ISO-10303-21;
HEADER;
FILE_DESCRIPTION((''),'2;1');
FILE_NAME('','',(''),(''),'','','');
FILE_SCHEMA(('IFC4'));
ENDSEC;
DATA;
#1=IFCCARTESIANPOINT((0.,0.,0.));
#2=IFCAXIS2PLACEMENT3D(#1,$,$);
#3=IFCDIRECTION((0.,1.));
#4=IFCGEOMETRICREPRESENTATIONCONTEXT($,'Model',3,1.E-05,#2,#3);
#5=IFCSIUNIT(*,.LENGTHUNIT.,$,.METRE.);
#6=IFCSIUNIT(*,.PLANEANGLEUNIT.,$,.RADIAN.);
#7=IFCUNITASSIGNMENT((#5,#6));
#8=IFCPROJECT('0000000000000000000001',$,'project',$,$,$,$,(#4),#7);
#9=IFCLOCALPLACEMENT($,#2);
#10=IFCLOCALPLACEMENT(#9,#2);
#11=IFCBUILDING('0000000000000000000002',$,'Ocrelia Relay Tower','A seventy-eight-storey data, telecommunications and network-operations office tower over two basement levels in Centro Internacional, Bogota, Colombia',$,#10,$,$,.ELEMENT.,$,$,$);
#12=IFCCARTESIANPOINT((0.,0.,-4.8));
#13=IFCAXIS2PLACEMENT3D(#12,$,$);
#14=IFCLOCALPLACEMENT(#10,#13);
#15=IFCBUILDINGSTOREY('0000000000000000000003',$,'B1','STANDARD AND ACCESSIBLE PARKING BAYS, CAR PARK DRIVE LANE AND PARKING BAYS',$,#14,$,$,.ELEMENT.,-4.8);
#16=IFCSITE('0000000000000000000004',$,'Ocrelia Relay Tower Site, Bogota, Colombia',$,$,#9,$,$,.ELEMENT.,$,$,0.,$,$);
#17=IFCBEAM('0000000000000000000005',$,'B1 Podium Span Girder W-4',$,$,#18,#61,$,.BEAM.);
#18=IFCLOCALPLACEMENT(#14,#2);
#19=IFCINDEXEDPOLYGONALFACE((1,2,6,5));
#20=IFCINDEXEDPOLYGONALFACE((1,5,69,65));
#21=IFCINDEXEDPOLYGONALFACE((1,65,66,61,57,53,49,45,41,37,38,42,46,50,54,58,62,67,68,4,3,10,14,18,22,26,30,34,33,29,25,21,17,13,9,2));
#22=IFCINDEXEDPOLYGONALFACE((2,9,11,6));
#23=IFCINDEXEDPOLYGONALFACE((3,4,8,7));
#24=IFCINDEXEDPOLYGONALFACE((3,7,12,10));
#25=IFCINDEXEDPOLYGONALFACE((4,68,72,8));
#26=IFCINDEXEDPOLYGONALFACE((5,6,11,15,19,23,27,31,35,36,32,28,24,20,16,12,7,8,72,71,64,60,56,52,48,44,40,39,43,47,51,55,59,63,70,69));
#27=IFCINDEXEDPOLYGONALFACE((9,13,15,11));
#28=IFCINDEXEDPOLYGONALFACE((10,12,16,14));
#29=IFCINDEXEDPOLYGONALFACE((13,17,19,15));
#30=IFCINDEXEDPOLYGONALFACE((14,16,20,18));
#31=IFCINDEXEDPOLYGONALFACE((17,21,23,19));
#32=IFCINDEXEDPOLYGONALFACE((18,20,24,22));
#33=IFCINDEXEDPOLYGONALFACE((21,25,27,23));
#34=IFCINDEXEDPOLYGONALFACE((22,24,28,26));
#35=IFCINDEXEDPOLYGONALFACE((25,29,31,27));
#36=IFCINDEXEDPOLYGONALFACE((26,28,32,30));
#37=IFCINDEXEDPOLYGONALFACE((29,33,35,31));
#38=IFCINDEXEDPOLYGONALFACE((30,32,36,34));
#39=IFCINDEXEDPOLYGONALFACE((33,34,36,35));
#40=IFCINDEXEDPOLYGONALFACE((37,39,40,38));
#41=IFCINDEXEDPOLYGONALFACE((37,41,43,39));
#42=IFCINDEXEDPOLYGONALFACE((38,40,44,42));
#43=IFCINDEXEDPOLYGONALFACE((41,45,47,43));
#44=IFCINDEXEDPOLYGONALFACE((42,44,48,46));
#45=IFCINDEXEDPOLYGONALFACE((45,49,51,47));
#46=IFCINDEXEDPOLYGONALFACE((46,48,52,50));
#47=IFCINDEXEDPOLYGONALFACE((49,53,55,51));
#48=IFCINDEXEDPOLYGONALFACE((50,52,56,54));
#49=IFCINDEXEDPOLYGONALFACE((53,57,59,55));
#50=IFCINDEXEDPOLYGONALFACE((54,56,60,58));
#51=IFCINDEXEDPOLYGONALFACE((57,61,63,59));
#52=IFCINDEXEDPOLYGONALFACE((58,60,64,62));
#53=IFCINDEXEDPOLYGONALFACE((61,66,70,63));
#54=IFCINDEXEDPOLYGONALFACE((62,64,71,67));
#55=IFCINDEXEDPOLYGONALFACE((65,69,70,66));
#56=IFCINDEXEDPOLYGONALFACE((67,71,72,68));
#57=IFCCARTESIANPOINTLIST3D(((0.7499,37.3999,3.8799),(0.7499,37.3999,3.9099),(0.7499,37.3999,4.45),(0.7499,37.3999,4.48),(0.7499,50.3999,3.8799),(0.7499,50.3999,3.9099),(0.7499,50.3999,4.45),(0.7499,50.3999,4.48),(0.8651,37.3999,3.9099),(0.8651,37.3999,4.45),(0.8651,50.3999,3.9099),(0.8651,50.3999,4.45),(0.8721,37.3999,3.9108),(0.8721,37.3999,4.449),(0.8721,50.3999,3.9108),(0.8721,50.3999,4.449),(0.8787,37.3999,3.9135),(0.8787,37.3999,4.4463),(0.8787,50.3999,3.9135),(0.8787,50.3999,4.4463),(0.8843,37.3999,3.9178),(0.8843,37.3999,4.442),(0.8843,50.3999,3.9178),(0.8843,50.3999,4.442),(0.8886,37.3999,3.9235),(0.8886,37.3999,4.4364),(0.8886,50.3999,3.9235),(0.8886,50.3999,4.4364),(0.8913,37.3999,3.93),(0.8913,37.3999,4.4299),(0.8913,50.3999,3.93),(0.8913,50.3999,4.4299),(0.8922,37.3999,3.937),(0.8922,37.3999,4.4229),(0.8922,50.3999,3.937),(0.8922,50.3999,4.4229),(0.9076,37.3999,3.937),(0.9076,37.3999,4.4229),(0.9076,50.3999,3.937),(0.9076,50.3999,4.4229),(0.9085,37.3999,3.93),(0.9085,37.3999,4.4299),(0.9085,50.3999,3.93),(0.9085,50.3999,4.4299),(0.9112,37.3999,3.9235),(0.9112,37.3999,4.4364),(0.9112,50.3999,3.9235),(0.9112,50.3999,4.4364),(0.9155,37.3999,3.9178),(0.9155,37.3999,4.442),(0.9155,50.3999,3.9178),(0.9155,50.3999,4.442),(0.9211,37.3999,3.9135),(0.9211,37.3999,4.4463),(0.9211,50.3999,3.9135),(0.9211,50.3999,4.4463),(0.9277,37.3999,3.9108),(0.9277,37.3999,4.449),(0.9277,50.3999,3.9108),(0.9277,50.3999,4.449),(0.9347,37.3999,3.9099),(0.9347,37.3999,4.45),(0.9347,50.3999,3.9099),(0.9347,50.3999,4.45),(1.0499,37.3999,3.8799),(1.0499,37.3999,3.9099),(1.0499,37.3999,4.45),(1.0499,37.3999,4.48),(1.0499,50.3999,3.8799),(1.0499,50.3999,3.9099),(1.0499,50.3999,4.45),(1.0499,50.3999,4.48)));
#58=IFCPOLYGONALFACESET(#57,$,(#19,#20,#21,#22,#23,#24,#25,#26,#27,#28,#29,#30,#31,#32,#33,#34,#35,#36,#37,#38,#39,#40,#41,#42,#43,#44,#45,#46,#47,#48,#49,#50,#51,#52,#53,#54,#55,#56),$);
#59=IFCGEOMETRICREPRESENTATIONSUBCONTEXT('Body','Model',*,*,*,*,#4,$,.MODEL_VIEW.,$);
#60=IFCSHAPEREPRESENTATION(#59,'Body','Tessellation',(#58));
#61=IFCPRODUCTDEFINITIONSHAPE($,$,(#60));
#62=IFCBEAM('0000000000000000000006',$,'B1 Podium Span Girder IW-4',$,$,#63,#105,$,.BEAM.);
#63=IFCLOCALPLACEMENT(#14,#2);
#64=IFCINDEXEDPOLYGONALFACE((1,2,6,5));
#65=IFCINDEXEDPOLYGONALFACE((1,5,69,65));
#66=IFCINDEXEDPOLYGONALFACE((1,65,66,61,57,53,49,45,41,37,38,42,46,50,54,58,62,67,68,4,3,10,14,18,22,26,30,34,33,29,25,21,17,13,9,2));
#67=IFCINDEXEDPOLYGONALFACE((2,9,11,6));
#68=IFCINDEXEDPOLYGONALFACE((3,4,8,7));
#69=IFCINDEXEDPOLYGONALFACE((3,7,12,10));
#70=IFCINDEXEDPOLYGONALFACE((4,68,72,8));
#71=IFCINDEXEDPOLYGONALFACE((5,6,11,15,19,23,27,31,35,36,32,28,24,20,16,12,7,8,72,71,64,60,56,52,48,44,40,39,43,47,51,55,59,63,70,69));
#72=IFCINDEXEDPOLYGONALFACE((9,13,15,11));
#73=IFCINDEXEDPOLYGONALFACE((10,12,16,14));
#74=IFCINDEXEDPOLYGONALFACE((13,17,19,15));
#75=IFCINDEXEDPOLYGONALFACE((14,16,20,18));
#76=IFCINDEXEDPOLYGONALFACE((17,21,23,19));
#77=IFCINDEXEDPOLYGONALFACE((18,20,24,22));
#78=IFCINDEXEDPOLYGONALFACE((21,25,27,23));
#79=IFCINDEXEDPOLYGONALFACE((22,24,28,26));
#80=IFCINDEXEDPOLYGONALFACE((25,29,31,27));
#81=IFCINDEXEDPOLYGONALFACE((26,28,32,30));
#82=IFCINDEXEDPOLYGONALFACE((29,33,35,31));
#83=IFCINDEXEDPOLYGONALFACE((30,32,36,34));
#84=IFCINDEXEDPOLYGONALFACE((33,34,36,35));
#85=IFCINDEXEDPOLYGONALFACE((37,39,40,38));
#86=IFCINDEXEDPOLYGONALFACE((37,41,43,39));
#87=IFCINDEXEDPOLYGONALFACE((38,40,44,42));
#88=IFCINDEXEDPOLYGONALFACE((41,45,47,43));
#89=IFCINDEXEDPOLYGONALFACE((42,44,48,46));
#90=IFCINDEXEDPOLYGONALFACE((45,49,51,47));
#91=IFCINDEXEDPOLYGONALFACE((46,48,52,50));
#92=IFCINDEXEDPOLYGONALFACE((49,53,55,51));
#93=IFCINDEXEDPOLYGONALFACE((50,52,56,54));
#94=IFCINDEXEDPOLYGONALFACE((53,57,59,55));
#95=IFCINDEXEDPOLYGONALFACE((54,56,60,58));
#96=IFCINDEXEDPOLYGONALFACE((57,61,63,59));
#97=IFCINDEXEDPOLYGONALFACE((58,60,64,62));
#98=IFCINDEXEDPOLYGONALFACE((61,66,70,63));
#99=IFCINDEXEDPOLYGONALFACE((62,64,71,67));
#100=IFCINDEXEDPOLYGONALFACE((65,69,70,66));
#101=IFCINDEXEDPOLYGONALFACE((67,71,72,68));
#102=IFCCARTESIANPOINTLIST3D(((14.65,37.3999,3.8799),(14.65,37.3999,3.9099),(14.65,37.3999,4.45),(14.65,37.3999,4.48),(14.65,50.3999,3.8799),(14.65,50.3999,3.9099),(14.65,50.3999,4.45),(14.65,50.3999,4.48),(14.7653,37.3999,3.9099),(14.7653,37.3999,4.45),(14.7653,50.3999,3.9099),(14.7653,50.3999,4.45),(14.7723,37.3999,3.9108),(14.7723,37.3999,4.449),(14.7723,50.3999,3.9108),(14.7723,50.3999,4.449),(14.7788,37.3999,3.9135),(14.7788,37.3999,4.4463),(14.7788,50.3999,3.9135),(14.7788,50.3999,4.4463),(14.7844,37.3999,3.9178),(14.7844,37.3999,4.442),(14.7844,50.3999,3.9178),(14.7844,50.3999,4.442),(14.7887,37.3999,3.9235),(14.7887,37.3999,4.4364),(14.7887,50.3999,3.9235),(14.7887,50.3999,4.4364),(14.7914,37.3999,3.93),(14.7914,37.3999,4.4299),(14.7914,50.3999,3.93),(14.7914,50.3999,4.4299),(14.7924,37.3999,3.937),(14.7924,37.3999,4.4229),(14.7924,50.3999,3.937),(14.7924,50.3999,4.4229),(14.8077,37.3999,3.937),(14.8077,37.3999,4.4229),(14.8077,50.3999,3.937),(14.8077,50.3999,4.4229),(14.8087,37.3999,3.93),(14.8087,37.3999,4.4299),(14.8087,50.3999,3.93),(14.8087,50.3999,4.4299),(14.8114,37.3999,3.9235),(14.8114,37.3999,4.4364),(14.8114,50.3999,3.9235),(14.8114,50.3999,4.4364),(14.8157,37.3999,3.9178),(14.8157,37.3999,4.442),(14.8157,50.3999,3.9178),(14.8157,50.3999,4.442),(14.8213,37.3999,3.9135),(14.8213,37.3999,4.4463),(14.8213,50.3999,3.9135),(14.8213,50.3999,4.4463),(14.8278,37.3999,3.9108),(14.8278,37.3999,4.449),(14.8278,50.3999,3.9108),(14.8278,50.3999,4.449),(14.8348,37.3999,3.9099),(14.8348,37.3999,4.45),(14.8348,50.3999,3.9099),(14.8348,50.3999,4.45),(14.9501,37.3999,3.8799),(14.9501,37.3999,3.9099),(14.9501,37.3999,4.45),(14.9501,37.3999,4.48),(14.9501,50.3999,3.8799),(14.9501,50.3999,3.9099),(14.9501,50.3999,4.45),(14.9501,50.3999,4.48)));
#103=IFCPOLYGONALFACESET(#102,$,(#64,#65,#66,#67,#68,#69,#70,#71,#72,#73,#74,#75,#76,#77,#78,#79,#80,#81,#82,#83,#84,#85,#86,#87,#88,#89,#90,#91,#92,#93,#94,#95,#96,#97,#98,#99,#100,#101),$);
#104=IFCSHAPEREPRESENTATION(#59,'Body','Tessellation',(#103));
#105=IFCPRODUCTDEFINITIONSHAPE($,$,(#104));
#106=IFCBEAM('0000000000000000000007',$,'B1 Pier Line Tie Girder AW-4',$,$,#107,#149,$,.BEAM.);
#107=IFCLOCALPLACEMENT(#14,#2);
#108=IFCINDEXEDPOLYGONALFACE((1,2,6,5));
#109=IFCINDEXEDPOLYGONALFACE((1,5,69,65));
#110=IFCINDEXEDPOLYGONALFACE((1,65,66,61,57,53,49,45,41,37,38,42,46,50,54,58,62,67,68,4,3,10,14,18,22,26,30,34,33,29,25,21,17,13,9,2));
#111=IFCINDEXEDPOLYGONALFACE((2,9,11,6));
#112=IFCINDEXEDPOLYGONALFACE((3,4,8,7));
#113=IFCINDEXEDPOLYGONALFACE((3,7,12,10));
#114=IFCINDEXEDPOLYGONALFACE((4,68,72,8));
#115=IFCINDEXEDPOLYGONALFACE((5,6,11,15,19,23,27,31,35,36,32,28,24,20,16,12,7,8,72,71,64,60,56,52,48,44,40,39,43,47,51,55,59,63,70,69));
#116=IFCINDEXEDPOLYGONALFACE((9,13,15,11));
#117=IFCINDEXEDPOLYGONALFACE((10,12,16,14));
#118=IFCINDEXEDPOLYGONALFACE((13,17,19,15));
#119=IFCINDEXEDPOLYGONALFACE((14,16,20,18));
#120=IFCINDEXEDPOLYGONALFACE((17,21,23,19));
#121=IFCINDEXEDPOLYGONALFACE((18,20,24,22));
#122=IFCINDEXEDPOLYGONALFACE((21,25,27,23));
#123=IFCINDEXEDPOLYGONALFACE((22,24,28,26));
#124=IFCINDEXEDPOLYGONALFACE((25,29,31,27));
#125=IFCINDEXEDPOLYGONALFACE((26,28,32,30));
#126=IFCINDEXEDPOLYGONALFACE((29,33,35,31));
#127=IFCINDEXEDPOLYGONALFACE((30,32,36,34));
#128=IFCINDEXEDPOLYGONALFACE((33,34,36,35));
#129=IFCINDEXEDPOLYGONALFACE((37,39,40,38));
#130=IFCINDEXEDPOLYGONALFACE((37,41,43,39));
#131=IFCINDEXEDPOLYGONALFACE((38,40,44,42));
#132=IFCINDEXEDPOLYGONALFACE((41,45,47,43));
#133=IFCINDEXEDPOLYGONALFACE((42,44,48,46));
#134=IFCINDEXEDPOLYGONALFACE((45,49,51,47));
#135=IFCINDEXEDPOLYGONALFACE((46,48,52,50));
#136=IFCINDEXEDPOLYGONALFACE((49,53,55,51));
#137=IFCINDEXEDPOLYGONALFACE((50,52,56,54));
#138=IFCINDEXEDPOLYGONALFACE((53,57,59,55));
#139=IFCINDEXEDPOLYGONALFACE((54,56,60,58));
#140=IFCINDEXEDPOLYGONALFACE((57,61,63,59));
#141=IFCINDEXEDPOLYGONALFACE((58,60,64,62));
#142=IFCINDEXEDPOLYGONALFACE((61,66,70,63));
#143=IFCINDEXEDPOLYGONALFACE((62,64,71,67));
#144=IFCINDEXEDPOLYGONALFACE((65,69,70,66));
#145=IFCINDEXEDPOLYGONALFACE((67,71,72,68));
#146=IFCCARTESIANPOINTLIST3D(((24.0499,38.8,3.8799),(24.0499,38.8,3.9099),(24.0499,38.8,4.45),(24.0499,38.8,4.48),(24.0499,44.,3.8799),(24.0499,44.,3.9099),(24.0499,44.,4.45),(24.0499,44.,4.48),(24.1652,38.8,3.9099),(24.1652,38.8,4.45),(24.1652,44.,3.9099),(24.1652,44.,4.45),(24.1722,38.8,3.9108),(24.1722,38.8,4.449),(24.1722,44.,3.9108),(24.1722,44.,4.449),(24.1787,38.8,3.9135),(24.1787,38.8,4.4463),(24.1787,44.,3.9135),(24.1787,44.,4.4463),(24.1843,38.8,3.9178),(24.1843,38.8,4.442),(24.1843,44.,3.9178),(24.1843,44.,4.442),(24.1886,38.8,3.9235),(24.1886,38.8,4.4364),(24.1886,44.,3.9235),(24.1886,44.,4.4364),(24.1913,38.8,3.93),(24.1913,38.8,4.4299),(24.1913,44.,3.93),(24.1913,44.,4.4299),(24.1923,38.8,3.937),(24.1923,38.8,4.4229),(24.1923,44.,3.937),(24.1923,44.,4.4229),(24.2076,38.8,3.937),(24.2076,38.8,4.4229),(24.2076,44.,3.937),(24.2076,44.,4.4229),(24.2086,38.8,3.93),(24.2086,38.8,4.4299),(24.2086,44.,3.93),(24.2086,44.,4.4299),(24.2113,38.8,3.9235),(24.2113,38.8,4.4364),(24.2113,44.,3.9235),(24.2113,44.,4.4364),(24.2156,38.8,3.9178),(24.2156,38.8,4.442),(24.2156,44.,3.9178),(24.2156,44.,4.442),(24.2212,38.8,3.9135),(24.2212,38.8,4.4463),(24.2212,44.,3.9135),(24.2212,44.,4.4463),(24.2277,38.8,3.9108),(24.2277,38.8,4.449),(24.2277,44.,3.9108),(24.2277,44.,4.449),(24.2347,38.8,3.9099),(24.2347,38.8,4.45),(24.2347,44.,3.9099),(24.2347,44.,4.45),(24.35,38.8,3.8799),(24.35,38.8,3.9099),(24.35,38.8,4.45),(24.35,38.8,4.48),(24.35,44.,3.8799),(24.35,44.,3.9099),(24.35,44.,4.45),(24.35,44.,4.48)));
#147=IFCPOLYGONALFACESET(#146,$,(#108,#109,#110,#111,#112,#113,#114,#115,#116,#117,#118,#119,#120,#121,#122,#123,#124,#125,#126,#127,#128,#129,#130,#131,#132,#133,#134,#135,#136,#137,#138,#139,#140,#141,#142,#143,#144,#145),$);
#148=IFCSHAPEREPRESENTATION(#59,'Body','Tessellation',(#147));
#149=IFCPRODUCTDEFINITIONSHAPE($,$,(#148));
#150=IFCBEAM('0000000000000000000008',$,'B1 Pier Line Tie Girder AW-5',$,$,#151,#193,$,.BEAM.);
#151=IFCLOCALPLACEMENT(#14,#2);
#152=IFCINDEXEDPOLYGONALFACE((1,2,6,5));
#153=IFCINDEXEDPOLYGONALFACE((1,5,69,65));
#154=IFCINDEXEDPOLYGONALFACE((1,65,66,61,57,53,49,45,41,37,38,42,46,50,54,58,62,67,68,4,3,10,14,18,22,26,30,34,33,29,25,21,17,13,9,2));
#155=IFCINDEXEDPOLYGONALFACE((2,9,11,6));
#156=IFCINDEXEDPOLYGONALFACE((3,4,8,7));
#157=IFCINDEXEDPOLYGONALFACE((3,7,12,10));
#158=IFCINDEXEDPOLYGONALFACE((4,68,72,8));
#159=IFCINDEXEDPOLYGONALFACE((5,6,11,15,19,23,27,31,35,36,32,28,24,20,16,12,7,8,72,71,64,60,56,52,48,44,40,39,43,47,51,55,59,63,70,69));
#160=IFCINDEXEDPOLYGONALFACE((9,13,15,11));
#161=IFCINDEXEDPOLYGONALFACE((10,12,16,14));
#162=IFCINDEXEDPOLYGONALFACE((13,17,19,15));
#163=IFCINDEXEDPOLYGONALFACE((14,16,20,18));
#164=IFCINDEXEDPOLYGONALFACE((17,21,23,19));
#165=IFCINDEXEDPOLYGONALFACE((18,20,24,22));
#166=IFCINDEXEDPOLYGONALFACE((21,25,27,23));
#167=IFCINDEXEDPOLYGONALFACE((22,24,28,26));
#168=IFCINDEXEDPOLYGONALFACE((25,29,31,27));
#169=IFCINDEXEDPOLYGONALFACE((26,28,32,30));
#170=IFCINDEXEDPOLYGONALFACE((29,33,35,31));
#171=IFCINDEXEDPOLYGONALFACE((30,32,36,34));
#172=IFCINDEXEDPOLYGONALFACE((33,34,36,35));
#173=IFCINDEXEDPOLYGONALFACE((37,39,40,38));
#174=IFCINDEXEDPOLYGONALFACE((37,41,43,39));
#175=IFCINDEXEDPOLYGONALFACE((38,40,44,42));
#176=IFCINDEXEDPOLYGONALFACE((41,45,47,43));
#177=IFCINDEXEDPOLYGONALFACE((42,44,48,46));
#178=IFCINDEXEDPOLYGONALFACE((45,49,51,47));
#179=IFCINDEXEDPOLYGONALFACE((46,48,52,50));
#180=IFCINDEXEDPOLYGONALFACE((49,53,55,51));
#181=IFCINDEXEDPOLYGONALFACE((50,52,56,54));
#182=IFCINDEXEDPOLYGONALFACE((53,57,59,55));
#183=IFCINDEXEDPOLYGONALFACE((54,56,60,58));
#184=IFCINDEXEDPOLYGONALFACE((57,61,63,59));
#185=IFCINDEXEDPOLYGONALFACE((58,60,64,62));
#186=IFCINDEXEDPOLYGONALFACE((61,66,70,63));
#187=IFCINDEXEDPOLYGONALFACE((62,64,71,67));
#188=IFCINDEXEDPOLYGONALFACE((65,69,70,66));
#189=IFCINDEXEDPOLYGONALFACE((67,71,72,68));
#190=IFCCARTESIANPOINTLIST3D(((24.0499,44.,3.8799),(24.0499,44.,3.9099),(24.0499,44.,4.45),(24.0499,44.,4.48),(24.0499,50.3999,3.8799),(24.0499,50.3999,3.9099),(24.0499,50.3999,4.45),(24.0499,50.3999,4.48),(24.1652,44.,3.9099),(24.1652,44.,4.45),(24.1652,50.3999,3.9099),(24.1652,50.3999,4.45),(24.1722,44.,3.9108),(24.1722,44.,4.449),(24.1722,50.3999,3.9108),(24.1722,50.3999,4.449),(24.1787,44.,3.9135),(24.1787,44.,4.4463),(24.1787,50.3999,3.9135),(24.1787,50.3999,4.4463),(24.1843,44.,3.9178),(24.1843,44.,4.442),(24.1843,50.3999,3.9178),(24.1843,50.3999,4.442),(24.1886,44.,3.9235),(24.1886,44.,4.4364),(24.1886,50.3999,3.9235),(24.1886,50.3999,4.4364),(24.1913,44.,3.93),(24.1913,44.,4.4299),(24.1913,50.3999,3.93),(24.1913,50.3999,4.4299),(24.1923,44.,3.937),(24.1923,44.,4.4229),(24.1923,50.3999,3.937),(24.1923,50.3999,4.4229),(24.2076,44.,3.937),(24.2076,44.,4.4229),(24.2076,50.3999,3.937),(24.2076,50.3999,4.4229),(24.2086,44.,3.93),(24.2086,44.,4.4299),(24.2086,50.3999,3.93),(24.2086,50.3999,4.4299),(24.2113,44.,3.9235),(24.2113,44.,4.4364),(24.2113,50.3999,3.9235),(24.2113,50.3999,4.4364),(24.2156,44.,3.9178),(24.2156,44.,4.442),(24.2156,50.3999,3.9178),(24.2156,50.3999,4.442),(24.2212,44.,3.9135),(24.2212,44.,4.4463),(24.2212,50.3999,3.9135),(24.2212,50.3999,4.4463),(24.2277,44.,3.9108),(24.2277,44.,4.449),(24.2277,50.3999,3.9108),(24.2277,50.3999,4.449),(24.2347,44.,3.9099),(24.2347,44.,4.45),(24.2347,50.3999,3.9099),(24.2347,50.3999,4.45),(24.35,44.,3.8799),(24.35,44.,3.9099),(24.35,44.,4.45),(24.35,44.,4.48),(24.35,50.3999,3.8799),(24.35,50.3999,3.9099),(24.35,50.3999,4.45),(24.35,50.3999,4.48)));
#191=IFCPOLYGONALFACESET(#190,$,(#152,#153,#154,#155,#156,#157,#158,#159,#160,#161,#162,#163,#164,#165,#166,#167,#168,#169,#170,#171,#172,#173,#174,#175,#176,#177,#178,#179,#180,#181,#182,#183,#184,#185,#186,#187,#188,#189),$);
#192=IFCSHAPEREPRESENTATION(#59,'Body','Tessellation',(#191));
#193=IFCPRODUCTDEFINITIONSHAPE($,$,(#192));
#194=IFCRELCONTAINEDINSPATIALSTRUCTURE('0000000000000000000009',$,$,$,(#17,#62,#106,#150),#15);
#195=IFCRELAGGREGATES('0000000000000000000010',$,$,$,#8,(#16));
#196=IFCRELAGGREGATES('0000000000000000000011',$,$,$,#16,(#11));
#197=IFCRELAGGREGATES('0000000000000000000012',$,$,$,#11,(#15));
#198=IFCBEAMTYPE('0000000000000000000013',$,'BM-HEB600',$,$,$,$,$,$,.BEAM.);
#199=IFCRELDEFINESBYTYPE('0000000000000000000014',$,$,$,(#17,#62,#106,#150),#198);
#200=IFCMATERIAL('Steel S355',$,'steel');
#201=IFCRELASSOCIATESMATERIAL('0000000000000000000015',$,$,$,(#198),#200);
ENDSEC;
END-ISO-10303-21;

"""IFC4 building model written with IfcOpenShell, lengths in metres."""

from ifc_helpers import new_model, si_unit, direction, frame, origin, origin_2d, place, context, subcontext, project, spatial, i_section, extrude, material, material_profile, profile_set, type_object, element, save


model = new_model("IFC4")

# Units and contexts
model_context = context("Model", 3, precision=1e-05, world=origin(), true_north=direction((0.0, 1.0)))
body_context = subcontext(model_context, "Body", "Model", "MODEL_VIEW")
ifc_project = project(units=[si_unit("LENGTHUNIT", "METRE"), si_unit("PLANEANGLEUNIT", "RADIAN")], contexts=[model_context])

# Site, building, storey
site_placement = place(None, origin())
site = spatial("IfcSite", under=ifc_project, at=site_placement, Name="Ocrelia Relay Tower Site, Bogota, Colombia", CompositionType="ELEMENT", RefElevation=0.0)
building_placement = place(site_placement, origin())
building = spatial("IfcBuilding", under=site, at=building_placement, Name="Ocrelia Relay Tower", Description="A seventy-eight-storey data, telecommunications and network-operations office tower over two basement levels in Centro Internacional, Bogota, Colombia", CompositionType="ELEMENT")
storey_placement = place(building_placement, frame((0.0, 0.0, -4.8)))
storey = spatial("IfcBuildingStorey", under=building, at=storey_placement, Name="B1", Description="STANDARD AND ACCESSIBLE PARKING BAYS, CAR PARK DRIVE LANE AND PARKING BAYS", CompositionType="ELEMENT", Elevation=-4.8)

# Beams
ifc_material_1 = material(Name="Steel S355", Category="steel")
ifc_material_profile_1 = material_profile(ifc_material_1, i_section(OverallWidth=0.3, OverallDepth=0.6001, WebThickness=0.0154, FlangeThickness=0.03, FilletRadius=0.0271, at=origin_2d()), Name="HEB 600")
ifc_profile_set_1 = profile_set([ifc_material_profile_1], Name="Steel S355")
beam_type_1 = type_object("IfcBeamType", Name="BM-HEB600", PredefinedType="BEAM", material=ifc_profile_set_1)
for number, where, z_axis, x_axis, name in (
    (1, (0.8999, 37.3999, 4.1799), (0.0, 1.0, 0.0), (-1.0, 0.0, 0.0), "B1 Podium Span Girder W-4"),
    (2, (14.8, 37.3999, 4.1799), (0.0, 1.0, 0.0), (-1.0, 0.0, 0.0), "B1 Podium Span Girder IW-4"),
):
    element("IfcBeam", number, at=place(storey_placement, frame(where, z_axis=z_axis, x_axis=x_axis)), inside=storey, type_object=beam_type_1, Name=name, PredefinedType="BEAM", context=body_context, shape_type="SweptSolid", body=[
        extrude(i_section(OverallWidth=0.3, OverallDepth=0.6001, WebThickness=0.0154, FlangeThickness=0.03, FilletRadius=0.0271, at=origin_2d()), origin(), (0.0, 0.0, 1.0), 13.0),
    ])
beam_1_placement = place(storey_placement, frame((24.2, 38.8, 4.1799), z_axis=(0.0, 1.0, 0.0), x_axis=(-1.0, 0.0, 0.0)))
element("IfcBeam", 3, at=beam_1_placement, inside=storey, type_object=beam_type_1, Name="B1 Pier Line Tie Girder AW-4", PredefinedType="BEAM", context=body_context, shape_type="SweptSolid", body=[
    extrude(i_section(OverallWidth=0.3, OverallDepth=0.6001, WebThickness=0.0154, FlangeThickness=0.03, FilletRadius=0.0271, at=origin_2d()), origin(), (0.0, 0.0, 1.0), 5.2),
])
beam_2_placement = place(storey_placement, frame((24.2, 44.0, 4.1799), z_axis=(0.0, 1.0, 0.0), x_axis=(-1.0, 0.0, 0.0)))
element("IfcBeam", 4, at=beam_2_placement, inside=storey, type_object=beam_type_1, Name="B1 Pier Line Tie Girder AW-5", PredefinedType="BEAM", context=body_context, shape_type="SweptSolid", body=[
    extrude(i_section(OverallWidth=0.3, OverallDepth=0.6001, WebThickness=0.0154, FlangeThickness=0.03, FilletRadius=0.0271, at=origin_2d()), origin(), (0.0, 0.0, 1.0), 6.3999),
])

save(model, "model.ifc")
